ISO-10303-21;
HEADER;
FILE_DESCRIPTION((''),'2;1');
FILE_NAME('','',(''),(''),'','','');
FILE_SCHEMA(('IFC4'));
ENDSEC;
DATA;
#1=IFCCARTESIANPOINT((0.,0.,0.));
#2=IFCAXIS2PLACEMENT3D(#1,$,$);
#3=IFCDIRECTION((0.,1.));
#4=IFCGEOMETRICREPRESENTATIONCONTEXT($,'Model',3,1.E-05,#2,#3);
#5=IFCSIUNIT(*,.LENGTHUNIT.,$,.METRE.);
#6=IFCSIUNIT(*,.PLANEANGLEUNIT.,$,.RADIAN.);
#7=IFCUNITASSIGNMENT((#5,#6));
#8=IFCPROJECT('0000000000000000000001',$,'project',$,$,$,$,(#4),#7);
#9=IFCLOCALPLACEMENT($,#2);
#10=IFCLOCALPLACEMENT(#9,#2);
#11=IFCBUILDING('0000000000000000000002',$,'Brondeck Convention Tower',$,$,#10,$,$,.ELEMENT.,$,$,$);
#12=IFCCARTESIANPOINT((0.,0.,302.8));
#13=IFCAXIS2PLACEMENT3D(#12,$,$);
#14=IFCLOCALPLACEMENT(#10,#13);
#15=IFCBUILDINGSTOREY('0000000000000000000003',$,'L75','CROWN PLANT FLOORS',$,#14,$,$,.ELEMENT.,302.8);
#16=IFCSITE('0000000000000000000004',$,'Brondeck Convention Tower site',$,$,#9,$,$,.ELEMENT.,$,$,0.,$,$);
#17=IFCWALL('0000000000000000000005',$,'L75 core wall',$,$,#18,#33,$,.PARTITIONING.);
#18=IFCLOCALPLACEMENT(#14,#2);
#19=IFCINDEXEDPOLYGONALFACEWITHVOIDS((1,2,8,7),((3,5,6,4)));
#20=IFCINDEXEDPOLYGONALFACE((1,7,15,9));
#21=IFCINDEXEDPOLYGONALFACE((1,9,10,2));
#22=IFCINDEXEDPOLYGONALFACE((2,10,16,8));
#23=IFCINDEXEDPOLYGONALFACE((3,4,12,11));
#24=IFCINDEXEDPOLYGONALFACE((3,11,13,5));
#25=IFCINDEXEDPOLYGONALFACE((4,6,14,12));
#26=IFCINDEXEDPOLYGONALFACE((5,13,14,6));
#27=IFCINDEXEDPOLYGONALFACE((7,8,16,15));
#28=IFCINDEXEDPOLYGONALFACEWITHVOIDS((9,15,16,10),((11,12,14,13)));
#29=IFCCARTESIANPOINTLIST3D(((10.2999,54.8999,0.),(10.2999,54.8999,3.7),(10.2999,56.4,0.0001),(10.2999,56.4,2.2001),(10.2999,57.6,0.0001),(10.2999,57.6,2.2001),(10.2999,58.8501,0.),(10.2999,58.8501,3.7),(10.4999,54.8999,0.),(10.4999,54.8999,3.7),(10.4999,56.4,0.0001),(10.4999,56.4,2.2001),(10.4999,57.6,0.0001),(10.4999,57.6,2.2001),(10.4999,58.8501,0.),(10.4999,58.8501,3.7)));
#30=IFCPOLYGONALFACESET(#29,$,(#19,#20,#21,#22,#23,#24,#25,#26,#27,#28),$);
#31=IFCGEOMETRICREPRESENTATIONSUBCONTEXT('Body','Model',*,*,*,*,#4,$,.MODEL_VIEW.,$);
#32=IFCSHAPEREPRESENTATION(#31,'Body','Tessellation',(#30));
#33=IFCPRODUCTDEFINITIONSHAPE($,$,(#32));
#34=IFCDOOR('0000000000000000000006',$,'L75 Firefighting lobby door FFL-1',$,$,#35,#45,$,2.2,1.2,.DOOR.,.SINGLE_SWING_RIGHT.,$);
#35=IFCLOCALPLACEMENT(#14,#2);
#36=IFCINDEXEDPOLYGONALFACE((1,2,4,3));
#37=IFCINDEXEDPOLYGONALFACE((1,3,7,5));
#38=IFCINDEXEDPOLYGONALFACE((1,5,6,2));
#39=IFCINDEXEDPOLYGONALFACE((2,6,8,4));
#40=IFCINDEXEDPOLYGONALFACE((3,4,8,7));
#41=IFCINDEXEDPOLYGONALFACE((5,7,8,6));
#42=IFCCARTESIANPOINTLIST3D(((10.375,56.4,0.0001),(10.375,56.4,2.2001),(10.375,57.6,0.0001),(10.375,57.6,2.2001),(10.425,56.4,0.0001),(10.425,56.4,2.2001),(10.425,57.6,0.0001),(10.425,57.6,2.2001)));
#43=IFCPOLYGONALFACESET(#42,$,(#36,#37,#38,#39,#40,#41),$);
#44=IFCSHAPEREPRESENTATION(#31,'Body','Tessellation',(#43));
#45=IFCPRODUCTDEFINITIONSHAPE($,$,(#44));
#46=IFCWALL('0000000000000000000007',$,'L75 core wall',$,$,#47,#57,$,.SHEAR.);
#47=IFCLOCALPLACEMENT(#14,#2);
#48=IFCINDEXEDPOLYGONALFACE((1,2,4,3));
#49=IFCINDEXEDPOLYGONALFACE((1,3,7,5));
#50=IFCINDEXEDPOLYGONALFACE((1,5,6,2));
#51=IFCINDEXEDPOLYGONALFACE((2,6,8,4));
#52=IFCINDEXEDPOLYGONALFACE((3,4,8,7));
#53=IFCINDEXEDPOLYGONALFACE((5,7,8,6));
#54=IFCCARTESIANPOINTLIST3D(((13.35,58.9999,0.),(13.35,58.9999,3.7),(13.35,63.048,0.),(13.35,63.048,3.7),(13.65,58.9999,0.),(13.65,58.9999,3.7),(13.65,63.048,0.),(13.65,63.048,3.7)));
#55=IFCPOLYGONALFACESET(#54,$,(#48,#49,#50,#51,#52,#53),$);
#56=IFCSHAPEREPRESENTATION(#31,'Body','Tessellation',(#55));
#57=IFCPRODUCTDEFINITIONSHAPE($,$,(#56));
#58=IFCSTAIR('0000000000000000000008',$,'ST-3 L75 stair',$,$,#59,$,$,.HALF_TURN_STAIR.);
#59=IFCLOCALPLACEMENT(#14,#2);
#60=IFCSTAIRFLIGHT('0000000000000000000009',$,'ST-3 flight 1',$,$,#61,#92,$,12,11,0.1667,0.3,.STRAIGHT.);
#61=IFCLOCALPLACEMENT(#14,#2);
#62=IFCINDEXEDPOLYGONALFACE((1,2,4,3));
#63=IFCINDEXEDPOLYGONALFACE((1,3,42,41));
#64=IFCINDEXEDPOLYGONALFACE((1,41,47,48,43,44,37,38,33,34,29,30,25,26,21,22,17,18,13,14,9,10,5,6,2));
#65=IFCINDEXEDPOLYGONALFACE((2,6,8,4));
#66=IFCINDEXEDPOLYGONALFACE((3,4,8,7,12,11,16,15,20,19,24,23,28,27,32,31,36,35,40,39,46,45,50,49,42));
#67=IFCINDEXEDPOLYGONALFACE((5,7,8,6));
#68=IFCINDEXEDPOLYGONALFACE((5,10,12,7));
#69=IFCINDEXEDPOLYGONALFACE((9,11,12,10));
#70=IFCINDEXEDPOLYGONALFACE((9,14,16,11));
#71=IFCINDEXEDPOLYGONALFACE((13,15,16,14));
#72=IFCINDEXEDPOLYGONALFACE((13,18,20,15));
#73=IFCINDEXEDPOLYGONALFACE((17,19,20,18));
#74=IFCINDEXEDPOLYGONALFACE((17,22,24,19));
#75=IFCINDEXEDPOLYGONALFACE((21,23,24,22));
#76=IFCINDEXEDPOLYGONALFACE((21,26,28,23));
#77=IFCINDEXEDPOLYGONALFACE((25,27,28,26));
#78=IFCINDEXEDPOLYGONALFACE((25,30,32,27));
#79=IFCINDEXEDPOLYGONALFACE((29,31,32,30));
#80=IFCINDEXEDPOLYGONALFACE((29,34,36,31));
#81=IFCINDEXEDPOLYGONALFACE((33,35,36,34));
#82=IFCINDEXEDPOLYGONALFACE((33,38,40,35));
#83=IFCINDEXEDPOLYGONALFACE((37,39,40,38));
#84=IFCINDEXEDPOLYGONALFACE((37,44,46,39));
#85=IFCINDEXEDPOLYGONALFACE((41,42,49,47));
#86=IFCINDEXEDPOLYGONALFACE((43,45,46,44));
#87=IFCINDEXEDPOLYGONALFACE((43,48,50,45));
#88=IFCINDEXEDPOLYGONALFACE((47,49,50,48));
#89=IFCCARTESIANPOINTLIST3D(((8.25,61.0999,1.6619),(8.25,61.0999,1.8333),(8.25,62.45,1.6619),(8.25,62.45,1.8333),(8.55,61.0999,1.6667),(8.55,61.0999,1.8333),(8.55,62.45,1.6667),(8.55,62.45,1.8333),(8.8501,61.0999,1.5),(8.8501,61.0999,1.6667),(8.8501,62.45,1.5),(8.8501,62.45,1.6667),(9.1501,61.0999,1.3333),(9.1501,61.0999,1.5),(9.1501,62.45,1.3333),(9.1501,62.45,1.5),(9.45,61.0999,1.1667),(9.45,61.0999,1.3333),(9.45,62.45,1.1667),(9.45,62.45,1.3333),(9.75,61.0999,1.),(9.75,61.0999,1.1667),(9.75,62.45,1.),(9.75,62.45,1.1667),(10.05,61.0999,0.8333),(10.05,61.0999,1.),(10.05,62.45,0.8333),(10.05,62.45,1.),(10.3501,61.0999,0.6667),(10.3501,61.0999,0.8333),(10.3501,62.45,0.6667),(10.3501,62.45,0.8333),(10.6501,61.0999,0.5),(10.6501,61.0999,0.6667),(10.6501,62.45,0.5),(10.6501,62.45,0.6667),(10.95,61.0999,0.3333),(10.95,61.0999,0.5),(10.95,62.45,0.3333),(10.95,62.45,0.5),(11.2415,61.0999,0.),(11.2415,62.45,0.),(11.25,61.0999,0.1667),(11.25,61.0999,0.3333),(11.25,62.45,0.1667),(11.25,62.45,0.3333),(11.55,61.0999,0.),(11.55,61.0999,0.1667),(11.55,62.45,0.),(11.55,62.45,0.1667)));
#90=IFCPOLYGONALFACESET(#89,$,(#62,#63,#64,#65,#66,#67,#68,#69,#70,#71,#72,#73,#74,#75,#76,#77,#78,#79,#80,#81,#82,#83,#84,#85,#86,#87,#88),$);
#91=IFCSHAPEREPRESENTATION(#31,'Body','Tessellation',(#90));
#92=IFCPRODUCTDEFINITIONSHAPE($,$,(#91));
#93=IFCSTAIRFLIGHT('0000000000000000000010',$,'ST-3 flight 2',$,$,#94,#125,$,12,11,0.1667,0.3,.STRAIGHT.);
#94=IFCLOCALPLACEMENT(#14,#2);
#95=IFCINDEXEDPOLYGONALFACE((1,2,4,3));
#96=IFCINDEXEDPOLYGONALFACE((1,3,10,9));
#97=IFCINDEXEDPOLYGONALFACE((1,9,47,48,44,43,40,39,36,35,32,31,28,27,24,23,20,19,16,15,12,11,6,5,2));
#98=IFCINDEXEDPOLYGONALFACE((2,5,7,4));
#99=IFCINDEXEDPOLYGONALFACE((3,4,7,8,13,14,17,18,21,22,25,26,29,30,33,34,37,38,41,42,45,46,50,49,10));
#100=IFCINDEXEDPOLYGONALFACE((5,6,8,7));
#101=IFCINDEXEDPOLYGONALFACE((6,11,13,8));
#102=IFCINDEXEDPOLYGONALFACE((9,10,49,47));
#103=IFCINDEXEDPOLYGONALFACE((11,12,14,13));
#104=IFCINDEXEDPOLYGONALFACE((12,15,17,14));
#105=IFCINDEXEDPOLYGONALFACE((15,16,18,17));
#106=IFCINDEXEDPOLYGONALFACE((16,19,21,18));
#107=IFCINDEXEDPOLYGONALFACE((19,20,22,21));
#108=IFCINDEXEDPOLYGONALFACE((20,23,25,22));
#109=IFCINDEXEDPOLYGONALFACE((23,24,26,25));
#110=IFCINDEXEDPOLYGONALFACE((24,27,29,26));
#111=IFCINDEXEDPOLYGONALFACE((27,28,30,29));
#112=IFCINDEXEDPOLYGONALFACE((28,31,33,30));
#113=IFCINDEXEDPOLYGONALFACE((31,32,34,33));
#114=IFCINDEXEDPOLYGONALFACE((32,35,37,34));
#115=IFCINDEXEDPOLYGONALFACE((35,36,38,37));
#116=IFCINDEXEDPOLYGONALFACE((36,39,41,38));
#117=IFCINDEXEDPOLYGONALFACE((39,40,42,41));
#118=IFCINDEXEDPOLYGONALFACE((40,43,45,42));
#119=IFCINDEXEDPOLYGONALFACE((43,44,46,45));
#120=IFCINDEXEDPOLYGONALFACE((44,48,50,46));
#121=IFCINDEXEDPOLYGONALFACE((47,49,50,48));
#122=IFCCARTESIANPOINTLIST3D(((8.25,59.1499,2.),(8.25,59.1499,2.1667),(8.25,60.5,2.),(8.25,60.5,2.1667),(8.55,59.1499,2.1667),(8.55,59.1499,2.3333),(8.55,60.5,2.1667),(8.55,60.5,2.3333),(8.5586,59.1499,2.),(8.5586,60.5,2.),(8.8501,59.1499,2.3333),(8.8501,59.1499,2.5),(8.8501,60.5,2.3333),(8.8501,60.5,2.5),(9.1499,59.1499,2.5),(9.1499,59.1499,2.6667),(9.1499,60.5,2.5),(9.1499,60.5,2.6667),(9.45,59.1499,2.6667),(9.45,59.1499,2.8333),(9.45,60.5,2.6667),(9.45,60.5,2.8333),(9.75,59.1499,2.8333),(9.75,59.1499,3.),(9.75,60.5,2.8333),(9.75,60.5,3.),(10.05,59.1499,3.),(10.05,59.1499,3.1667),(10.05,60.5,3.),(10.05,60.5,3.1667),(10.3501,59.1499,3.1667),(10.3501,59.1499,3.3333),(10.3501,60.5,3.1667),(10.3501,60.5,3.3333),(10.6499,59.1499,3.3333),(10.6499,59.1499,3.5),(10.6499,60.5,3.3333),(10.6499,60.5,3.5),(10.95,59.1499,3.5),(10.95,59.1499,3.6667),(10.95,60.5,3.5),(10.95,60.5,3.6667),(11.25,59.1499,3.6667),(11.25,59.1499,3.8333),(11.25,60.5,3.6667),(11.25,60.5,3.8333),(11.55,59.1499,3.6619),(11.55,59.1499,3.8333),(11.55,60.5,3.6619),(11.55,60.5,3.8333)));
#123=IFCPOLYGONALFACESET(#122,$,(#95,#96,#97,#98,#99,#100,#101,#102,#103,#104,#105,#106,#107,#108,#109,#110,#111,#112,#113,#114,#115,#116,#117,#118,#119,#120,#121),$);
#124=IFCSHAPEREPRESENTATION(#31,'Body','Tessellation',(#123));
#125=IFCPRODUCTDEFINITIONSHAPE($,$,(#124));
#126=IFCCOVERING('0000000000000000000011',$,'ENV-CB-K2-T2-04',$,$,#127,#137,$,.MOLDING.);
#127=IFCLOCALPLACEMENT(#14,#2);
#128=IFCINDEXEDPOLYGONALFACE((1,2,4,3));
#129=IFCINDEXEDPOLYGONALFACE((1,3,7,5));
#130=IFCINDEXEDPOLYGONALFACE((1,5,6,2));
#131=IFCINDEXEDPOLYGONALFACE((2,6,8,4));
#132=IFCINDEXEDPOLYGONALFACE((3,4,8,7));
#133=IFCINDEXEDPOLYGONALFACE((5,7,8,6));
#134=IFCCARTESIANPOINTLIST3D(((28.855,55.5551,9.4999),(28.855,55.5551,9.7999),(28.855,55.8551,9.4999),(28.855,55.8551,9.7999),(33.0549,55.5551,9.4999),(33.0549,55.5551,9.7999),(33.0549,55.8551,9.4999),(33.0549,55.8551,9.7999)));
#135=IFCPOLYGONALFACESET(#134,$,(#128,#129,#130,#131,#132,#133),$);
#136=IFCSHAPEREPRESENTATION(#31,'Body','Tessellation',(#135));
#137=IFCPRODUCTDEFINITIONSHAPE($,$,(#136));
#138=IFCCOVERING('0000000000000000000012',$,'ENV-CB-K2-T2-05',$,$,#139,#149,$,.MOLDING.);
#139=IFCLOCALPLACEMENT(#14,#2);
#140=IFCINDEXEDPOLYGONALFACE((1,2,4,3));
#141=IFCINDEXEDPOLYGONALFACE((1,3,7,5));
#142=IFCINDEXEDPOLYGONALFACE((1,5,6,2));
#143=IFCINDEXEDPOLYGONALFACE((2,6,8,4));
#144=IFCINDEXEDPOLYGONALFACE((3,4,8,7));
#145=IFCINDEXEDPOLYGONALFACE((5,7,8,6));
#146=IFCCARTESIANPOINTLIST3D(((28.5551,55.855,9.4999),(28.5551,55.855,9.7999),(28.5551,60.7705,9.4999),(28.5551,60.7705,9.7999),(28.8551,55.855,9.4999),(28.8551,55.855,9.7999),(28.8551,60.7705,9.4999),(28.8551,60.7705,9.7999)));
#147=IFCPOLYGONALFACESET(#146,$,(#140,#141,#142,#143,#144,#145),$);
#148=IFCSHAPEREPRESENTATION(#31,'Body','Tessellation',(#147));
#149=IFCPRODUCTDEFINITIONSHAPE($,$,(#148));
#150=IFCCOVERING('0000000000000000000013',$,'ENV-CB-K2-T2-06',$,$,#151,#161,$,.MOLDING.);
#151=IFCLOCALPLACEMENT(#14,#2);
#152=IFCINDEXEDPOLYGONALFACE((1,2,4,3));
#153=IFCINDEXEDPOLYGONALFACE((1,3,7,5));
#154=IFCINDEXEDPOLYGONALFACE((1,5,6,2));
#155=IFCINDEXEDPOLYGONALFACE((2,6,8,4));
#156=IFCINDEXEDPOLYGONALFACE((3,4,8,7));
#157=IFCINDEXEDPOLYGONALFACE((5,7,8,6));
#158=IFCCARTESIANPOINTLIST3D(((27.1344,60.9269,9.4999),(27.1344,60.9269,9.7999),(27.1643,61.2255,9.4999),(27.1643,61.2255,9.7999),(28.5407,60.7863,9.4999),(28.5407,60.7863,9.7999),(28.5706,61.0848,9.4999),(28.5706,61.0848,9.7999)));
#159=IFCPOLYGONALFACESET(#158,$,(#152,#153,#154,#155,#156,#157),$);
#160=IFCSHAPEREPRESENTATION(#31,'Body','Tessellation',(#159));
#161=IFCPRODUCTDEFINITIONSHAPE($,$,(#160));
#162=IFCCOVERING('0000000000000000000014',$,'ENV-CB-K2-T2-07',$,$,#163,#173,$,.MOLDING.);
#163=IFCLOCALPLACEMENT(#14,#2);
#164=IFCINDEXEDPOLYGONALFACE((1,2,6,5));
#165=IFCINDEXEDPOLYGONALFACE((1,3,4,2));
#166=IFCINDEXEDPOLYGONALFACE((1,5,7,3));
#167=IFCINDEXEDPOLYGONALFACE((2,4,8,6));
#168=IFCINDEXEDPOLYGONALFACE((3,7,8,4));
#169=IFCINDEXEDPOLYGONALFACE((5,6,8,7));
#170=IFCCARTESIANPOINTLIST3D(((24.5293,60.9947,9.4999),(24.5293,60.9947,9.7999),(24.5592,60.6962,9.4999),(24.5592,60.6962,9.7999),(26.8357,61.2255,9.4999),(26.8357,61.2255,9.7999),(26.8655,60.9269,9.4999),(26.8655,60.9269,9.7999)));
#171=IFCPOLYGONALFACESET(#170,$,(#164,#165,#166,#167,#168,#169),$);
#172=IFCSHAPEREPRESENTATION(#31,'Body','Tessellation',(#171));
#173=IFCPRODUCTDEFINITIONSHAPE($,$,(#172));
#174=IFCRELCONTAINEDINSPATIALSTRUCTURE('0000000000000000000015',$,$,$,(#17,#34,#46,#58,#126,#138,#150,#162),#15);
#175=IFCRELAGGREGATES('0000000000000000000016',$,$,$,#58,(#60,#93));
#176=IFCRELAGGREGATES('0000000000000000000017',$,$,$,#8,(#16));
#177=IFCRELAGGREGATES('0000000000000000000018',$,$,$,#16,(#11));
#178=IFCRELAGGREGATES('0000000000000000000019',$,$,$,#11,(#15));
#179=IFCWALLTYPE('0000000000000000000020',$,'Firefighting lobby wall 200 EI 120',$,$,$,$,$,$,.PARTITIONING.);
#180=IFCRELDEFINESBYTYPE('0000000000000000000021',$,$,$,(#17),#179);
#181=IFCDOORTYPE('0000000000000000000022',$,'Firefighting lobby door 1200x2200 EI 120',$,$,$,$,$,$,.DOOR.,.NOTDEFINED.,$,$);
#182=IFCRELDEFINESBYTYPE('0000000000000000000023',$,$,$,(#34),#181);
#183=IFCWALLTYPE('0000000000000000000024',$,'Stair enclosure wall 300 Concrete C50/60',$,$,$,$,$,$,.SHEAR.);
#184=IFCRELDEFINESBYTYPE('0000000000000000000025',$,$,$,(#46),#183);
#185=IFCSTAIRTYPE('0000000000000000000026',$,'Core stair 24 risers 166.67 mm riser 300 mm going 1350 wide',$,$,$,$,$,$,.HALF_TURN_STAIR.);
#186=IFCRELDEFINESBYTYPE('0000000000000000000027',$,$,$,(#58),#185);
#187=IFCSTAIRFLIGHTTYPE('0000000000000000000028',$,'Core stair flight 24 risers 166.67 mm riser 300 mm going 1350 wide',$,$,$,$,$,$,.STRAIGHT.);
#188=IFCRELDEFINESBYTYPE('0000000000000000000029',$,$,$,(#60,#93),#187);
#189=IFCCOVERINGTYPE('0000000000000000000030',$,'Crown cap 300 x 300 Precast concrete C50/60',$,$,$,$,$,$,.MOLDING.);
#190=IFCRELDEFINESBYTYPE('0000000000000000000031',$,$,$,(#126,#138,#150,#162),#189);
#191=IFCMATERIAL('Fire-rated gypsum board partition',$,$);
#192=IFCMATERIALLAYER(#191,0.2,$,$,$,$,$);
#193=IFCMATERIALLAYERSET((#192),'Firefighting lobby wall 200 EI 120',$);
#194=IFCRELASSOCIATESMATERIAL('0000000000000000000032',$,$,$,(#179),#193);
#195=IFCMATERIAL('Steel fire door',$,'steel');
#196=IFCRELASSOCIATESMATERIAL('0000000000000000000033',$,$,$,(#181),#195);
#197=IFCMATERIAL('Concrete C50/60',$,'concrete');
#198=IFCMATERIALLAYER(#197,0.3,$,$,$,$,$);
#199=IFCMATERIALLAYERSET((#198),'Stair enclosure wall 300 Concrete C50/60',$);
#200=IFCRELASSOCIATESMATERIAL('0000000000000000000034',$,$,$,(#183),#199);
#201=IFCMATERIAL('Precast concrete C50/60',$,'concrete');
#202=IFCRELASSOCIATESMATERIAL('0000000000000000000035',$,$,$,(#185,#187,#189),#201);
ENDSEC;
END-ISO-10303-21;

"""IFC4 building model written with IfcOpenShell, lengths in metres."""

from ifc_helpers import new_model, si_unit, direction, frame, frame_2d, origin, origin_2d, place, context, subcontext, project, spatial, polyline, rectangle, outline, extrude, material, layer, layer_set, material_profile, profile_set, type_object, element, fill, aggregate, save


model = new_model("IFC4")

# Units and contexts
model_context = context("Model", 3, precision=1e-05, world=origin(), true_north=direction((0.0, 1.0)))
body_context = subcontext(model_context, "Body", "Model", "MODEL_VIEW")
ifc_project = project(units=[si_unit("LENGTHUNIT", "METRE"), si_unit("PLANEANGLEUNIT", "RADIAN")], contexts=[model_context])

# Site, building, storey
site_placement = place(None, origin())
site = spatial("IfcSite", under=ifc_project, at=site_placement, Name="Brondeck Convention Tower site", CompositionType="ELEMENT", RefElevation=0.0)
building_placement = place(site_placement, origin())
building = spatial("IfcBuilding", under=site, at=building_placement, Name="Brondeck Convention Tower", CompositionType="ELEMENT")
storey_placement = place(building_placement, frame((0.0, 0.0, 302.8)))
storey = spatial("IfcBuildingStorey", under=building, at=storey_placement, Name="L75", Description="CROWN PLANT FLOORS", CompositionType="ELEMENT", Elevation=302.8)

# Shared definitions
ifc_material_1 = material(Name="Concrete C50/60", Category="concrete")

# Wall, opening, door
ifc_material_2 = material(Name="Fire-rated gypsum board partition")
ifc_layer_1 = layer(ifc_material_2, 0.2)
ifc_layer_set_1 = layer_set([ifc_layer_1], Name="Firefighting lobby wall 200 EI 120")
wall_type_1 = type_object("IfcWallType", Name="Firefighting lobby wall 200 EI 120", PredefinedType="PARTITIONING", material=ifc_layer_set_1)
wall_1_placement = place(storey_placement, frame((10.3999, 54.8999, 0.0), z_axis=(0.0, 0.0, 1.0), x_axis=(0.0, 1.0, 0.0)))
wall_1 = element("IfcWall", 1, at=wall_1_placement, inside=storey, type_object=wall_type_1, Name="L75 core wall", PredefinedType="PARTITIONING", context=body_context, shape_type="SweptSolid", body=[
    extrude(rectangle(XDim=3.9502, YDim=0.2, at=frame_2d((1.9751, 0.0))), origin(), (0.0, 0.0, 1.0), 3.7),
])
opening_1_placement = place(wall_1_placement, frame((1.5, 0.0, 0.0)))
opening_1 = element("IfcOpeningElement", 2, at=opening_1_placement, cuts=wall_1, PredefinedType="OPENING", context=body_context, shape_type="SweptSolid", body=[
    extrude(rectangle(XDim=1.2, YDim=2.2, at=frame_2d((0.6001, 1.1001))), frame((0.0, 0.1099, 0.0), z_axis=(0.0, -1.0, 0.0), x_axis=(1.0, 0.0, 0.0)), (0.0, 0.0, 1.0), 0.22),
])
ifc_material_3 = material(Name="Steel fire door", Category="steel")
door_type = type_object("IfcDoorType", Name="Firefighting lobby door 1200x2200 EI 120", OperationType="NOTDEFINED", PredefinedType="DOOR", material=ifc_material_3)
door_placement = place(opening_1_placement, origin())
door = element("IfcDoor", 3, at=door_placement, inside=storey, type_object=door_type, Name="L75 Firefighting lobby door FFL-1", OperationType="SINGLE_SWING_RIGHT", OverallHeight=2.2, OverallWidth=1.2, PredefinedType="DOOR", context=body_context, shape_type="SweptSolid", body=[
    extrude(rectangle(XDim=1.2, YDim=2.2, at=frame_2d((0.6001, 1.1001))), frame((0.0, 0.0249, 0.0), z_axis=(0.0, -1.0, 0.0), x_axis=(1.0, 0.0, 0.0)), (0.0, 0.0, 1.0), 0.05),
])
fill(opening_1, door)

# Wall
ifc_layer_2 = layer(ifc_material_1, 0.3)
ifc_layer_set_2 = layer_set([ifc_layer_2], Name="Stair enclosure wall 300 Concrete C50/60")
wall_type_2 = type_object("IfcWallType", Name="Stair enclosure wall 300 Concrete C50/60", PredefinedType="SHEAR", material=ifc_layer_set_2)
wall_2_placement = place(storey_placement, frame((13.5, 59.0, 0.0), z_axis=(0.0, 0.0, 1.0), x_axis=(0.0, 1.0, 0.0)))
element("IfcWall", 4, at=wall_2_placement, inside=storey, type_object=wall_type_2, Name="L75 core wall", PredefinedType="SHEAR", context=body_context, shape_type="SweptSolid", body=[
    extrude(rectangle(XDim=4.0481, YDim=0.3, at=frame_2d((2.0239, 0.0))), origin(), (0.0, 0.0, 1.0), 3.7),
])

# Stair, stair flights
ifc_material_4 = material(Name="Precast concrete C50/60", Category="concrete")
stair_type = type_object("IfcStairType", Name="Core stair 24 risers 166.67 mm riser 300 mm going 1350 wide", PredefinedType="HALF_TURN_STAIR", material=ifc_material_4)
stair_placement = place(storey_placement, origin())
stair = element("IfcStair", 5, at=stair_placement, inside=storey, type_object=stair_type, Name="ST-3 L75 stair", PredefinedType="HALF_TURN_STAIR")
stair_flight_type = type_object("IfcStairFlightType", Name="Core stair flight 24 risers 166.67 mm riser 300 mm going 1350 wide", PredefinedType="STRAIGHT", material=ifc_material_4)
stair_flight_1_placement = place(storey_placement, frame((11.55, 61.7749, 0.0), z_axis=(0.0, 0.0, 1.0), x_axis=(-1.0, 0.0, 0.0)))
stair_flight_1 = element("IfcStairFlight", 6, at=stair_flight_1_placement, type_object=stair_flight_type, Name="ST-3 flight 1", NumberOfRisers=12, NumberOfTreads=11, PredefinedType="STRAIGHT", RiserHeight=0.1667, TreadLength=0.3, context=body_context, shape_type="SweptSolid", body=[
    extrude(outline(polyline([(0.0, 0.0), (0.0, 0.1667), (0.3, 0.1667), (0.3, 0.3333), (0.6001, 0.3333), (0.6001, 0.5), (0.8999, 0.5), (0.8999, 0.6667), (1.2, 0.6667), (1.2, 0.8333), (1.5, 0.8333), (1.5, 1.0), (1.8, 1.0), (1.8, 1.1667), (2.1001, 1.1667), (2.1001, 1.3333), (2.3999, 1.3333), (2.3999, 1.5), (2.7, 1.5), (2.7, 1.6667), (3.0, 1.6667), (3.0, 1.8333), (3.3, 1.8333), (3.3, 2.0), (3.3, 1.6619), (0.3086, 0.0), (0.0, 0.0)])), frame((0.0, 0.675, 0.0), z_axis=(0.0, -1.0, 0.0), x_axis=(1.0, 0.0, 0.0)), (0.0, 0.0, 1.0), 1.3501),
])
stair_flight_2_placement = place(storey_placement, frame((8.25, 59.825, 2.0), z_axis=(0.0, 0.0, 1.0), x_axis=(1.0, 0.0, 0.0)))
stair_flight_2 = element("IfcStairFlight", 7, at=stair_flight_2_placement, type_object=stair_flight_type, Name="ST-3 flight 2", NumberOfRisers=12, NumberOfTreads=11, PredefinedType="STRAIGHT", RiserHeight=0.1667, TreadLength=0.3, context=body_context, shape_type="SweptSolid", body=[
    extrude(outline(polyline([(0.0, 0.0), (0.0, 0.1667), (0.3, 0.1667), (0.3, 0.3333), (0.6001, 0.3333), (0.6001, 0.5), (0.8999, 0.5), (0.8999, 0.6667), (1.2, 0.6667), (1.2, 0.8333), (1.5, 0.8333), (1.5, 1.0), (1.8, 1.0), (1.8, 1.1667), (2.1001, 1.1667), (2.1001, 1.3333), (2.3999, 1.3333), (2.3999, 1.5), (2.7, 1.5), (2.7, 1.6667), (3.0, 1.6667), (3.0, 1.8333), (3.3, 1.8333), (3.3, 2.0), (3.3, 1.6619), (0.3086, 0.0), (0.0, 0.0)])), frame((0.0, 0.675, 0.0), z_axis=(0.0, -1.0, 0.0), x_axis=(1.0, 0.0, 0.0)), (0.0, 0.0, 1.0), 1.3501),
])
aggregate(stair, [stair_flight_1, stair_flight_2])

# Coverings
ifc_material_profile_1 = material_profile(ifc_material_4, rectangle(XDim=0.3, YDim=0.3, at=origin_2d()), Name="Crown cap 300 x 300 Precast concrete C50/60")
ifc_profile_set_1 = profile_set([ifc_material_profile_1], Name="Precast concrete C50/60")
covering_type = type_object("IfcCoveringType", Name="Crown cap 300 x 300 Precast concrete C50/60", PredefinedType="MOLDING", material=ifc_profile_set_1)
covering_1_placement = place(storey_placement, frame((33.0549, 55.7051, 9.6499), z_axis=(-1.0, 0.0, 0.0), x_axis=(0.0, -1.0, 0.0)))
element("IfcCovering", 8, at=covering_1_placement, inside=storey, type_object=covering_type, Name="ENV-CB-K2-T2-04", PredefinedType="MOLDING", context=body_context, shape_type="SweptSolid", body=[
    extrude(rectangle(XDim=0.3, YDim=0.3, at=origin_2d()), origin(), (0.0, 0.0, 1.0), 4.2),
])
covering_2_placement = place(storey_placement, frame((28.7051, 55.855, 9.6499), z_axis=(0.0, 1.0, 0.0), x_axis=(-1.0, 0.0, 0.0)))
element("IfcCovering", 9, at=covering_2_placement, inside=storey, type_object=covering_type, Name="ENV-CB-K2-T2-05", PredefinedType="MOLDING", context=body_context, shape_type="SweptSolid", body=[
    extrude(rectangle(XDim=0.3, YDim=0.3, at=origin_2d()), origin(), (0.0, 0.0, 1.0), 4.9155),
])
covering_3_placement = place(storey_placement, frame((28.5557, 60.9355, 9.6499), z_axis=(-0.995037, 0.099504, 0.0), x_axis=(-0.099504, -0.995037, 0.0)))
element("IfcCovering", 10, at=covering_3_placement, inside=storey, type_object=covering_type, Name="ENV-CB-K2-T2-06", PredefinedType="MOLDING", context=body_context, shape_type="SweptSolid", body=[
    extrude(rectangle(XDim=0.3, YDim=0.3, at=origin_2d()), origin(), (0.0, 0.0, 1.0), 1.4133),
])
covering_4_placement = place(storey_placement, frame((26.8506, 61.0762, 9.6499), z_axis=(-0.995034, -0.099535, 0.0), x_axis=(0.099535, -0.995034, 0.0)))
element("IfcCovering", 11, at=covering_4_placement, inside=storey, type_object=covering_type, Name="ENV-CB-K2-T2-07", PredefinedType="MOLDING", context=body_context, shape_type="SweptSolid", body=[
    extrude(rectangle(XDim=0.3, YDim=0.3, at=origin_2d()), origin(), (0.0, 0.0, 1.0), 2.3179),
])

save(model, "model.ifc")
